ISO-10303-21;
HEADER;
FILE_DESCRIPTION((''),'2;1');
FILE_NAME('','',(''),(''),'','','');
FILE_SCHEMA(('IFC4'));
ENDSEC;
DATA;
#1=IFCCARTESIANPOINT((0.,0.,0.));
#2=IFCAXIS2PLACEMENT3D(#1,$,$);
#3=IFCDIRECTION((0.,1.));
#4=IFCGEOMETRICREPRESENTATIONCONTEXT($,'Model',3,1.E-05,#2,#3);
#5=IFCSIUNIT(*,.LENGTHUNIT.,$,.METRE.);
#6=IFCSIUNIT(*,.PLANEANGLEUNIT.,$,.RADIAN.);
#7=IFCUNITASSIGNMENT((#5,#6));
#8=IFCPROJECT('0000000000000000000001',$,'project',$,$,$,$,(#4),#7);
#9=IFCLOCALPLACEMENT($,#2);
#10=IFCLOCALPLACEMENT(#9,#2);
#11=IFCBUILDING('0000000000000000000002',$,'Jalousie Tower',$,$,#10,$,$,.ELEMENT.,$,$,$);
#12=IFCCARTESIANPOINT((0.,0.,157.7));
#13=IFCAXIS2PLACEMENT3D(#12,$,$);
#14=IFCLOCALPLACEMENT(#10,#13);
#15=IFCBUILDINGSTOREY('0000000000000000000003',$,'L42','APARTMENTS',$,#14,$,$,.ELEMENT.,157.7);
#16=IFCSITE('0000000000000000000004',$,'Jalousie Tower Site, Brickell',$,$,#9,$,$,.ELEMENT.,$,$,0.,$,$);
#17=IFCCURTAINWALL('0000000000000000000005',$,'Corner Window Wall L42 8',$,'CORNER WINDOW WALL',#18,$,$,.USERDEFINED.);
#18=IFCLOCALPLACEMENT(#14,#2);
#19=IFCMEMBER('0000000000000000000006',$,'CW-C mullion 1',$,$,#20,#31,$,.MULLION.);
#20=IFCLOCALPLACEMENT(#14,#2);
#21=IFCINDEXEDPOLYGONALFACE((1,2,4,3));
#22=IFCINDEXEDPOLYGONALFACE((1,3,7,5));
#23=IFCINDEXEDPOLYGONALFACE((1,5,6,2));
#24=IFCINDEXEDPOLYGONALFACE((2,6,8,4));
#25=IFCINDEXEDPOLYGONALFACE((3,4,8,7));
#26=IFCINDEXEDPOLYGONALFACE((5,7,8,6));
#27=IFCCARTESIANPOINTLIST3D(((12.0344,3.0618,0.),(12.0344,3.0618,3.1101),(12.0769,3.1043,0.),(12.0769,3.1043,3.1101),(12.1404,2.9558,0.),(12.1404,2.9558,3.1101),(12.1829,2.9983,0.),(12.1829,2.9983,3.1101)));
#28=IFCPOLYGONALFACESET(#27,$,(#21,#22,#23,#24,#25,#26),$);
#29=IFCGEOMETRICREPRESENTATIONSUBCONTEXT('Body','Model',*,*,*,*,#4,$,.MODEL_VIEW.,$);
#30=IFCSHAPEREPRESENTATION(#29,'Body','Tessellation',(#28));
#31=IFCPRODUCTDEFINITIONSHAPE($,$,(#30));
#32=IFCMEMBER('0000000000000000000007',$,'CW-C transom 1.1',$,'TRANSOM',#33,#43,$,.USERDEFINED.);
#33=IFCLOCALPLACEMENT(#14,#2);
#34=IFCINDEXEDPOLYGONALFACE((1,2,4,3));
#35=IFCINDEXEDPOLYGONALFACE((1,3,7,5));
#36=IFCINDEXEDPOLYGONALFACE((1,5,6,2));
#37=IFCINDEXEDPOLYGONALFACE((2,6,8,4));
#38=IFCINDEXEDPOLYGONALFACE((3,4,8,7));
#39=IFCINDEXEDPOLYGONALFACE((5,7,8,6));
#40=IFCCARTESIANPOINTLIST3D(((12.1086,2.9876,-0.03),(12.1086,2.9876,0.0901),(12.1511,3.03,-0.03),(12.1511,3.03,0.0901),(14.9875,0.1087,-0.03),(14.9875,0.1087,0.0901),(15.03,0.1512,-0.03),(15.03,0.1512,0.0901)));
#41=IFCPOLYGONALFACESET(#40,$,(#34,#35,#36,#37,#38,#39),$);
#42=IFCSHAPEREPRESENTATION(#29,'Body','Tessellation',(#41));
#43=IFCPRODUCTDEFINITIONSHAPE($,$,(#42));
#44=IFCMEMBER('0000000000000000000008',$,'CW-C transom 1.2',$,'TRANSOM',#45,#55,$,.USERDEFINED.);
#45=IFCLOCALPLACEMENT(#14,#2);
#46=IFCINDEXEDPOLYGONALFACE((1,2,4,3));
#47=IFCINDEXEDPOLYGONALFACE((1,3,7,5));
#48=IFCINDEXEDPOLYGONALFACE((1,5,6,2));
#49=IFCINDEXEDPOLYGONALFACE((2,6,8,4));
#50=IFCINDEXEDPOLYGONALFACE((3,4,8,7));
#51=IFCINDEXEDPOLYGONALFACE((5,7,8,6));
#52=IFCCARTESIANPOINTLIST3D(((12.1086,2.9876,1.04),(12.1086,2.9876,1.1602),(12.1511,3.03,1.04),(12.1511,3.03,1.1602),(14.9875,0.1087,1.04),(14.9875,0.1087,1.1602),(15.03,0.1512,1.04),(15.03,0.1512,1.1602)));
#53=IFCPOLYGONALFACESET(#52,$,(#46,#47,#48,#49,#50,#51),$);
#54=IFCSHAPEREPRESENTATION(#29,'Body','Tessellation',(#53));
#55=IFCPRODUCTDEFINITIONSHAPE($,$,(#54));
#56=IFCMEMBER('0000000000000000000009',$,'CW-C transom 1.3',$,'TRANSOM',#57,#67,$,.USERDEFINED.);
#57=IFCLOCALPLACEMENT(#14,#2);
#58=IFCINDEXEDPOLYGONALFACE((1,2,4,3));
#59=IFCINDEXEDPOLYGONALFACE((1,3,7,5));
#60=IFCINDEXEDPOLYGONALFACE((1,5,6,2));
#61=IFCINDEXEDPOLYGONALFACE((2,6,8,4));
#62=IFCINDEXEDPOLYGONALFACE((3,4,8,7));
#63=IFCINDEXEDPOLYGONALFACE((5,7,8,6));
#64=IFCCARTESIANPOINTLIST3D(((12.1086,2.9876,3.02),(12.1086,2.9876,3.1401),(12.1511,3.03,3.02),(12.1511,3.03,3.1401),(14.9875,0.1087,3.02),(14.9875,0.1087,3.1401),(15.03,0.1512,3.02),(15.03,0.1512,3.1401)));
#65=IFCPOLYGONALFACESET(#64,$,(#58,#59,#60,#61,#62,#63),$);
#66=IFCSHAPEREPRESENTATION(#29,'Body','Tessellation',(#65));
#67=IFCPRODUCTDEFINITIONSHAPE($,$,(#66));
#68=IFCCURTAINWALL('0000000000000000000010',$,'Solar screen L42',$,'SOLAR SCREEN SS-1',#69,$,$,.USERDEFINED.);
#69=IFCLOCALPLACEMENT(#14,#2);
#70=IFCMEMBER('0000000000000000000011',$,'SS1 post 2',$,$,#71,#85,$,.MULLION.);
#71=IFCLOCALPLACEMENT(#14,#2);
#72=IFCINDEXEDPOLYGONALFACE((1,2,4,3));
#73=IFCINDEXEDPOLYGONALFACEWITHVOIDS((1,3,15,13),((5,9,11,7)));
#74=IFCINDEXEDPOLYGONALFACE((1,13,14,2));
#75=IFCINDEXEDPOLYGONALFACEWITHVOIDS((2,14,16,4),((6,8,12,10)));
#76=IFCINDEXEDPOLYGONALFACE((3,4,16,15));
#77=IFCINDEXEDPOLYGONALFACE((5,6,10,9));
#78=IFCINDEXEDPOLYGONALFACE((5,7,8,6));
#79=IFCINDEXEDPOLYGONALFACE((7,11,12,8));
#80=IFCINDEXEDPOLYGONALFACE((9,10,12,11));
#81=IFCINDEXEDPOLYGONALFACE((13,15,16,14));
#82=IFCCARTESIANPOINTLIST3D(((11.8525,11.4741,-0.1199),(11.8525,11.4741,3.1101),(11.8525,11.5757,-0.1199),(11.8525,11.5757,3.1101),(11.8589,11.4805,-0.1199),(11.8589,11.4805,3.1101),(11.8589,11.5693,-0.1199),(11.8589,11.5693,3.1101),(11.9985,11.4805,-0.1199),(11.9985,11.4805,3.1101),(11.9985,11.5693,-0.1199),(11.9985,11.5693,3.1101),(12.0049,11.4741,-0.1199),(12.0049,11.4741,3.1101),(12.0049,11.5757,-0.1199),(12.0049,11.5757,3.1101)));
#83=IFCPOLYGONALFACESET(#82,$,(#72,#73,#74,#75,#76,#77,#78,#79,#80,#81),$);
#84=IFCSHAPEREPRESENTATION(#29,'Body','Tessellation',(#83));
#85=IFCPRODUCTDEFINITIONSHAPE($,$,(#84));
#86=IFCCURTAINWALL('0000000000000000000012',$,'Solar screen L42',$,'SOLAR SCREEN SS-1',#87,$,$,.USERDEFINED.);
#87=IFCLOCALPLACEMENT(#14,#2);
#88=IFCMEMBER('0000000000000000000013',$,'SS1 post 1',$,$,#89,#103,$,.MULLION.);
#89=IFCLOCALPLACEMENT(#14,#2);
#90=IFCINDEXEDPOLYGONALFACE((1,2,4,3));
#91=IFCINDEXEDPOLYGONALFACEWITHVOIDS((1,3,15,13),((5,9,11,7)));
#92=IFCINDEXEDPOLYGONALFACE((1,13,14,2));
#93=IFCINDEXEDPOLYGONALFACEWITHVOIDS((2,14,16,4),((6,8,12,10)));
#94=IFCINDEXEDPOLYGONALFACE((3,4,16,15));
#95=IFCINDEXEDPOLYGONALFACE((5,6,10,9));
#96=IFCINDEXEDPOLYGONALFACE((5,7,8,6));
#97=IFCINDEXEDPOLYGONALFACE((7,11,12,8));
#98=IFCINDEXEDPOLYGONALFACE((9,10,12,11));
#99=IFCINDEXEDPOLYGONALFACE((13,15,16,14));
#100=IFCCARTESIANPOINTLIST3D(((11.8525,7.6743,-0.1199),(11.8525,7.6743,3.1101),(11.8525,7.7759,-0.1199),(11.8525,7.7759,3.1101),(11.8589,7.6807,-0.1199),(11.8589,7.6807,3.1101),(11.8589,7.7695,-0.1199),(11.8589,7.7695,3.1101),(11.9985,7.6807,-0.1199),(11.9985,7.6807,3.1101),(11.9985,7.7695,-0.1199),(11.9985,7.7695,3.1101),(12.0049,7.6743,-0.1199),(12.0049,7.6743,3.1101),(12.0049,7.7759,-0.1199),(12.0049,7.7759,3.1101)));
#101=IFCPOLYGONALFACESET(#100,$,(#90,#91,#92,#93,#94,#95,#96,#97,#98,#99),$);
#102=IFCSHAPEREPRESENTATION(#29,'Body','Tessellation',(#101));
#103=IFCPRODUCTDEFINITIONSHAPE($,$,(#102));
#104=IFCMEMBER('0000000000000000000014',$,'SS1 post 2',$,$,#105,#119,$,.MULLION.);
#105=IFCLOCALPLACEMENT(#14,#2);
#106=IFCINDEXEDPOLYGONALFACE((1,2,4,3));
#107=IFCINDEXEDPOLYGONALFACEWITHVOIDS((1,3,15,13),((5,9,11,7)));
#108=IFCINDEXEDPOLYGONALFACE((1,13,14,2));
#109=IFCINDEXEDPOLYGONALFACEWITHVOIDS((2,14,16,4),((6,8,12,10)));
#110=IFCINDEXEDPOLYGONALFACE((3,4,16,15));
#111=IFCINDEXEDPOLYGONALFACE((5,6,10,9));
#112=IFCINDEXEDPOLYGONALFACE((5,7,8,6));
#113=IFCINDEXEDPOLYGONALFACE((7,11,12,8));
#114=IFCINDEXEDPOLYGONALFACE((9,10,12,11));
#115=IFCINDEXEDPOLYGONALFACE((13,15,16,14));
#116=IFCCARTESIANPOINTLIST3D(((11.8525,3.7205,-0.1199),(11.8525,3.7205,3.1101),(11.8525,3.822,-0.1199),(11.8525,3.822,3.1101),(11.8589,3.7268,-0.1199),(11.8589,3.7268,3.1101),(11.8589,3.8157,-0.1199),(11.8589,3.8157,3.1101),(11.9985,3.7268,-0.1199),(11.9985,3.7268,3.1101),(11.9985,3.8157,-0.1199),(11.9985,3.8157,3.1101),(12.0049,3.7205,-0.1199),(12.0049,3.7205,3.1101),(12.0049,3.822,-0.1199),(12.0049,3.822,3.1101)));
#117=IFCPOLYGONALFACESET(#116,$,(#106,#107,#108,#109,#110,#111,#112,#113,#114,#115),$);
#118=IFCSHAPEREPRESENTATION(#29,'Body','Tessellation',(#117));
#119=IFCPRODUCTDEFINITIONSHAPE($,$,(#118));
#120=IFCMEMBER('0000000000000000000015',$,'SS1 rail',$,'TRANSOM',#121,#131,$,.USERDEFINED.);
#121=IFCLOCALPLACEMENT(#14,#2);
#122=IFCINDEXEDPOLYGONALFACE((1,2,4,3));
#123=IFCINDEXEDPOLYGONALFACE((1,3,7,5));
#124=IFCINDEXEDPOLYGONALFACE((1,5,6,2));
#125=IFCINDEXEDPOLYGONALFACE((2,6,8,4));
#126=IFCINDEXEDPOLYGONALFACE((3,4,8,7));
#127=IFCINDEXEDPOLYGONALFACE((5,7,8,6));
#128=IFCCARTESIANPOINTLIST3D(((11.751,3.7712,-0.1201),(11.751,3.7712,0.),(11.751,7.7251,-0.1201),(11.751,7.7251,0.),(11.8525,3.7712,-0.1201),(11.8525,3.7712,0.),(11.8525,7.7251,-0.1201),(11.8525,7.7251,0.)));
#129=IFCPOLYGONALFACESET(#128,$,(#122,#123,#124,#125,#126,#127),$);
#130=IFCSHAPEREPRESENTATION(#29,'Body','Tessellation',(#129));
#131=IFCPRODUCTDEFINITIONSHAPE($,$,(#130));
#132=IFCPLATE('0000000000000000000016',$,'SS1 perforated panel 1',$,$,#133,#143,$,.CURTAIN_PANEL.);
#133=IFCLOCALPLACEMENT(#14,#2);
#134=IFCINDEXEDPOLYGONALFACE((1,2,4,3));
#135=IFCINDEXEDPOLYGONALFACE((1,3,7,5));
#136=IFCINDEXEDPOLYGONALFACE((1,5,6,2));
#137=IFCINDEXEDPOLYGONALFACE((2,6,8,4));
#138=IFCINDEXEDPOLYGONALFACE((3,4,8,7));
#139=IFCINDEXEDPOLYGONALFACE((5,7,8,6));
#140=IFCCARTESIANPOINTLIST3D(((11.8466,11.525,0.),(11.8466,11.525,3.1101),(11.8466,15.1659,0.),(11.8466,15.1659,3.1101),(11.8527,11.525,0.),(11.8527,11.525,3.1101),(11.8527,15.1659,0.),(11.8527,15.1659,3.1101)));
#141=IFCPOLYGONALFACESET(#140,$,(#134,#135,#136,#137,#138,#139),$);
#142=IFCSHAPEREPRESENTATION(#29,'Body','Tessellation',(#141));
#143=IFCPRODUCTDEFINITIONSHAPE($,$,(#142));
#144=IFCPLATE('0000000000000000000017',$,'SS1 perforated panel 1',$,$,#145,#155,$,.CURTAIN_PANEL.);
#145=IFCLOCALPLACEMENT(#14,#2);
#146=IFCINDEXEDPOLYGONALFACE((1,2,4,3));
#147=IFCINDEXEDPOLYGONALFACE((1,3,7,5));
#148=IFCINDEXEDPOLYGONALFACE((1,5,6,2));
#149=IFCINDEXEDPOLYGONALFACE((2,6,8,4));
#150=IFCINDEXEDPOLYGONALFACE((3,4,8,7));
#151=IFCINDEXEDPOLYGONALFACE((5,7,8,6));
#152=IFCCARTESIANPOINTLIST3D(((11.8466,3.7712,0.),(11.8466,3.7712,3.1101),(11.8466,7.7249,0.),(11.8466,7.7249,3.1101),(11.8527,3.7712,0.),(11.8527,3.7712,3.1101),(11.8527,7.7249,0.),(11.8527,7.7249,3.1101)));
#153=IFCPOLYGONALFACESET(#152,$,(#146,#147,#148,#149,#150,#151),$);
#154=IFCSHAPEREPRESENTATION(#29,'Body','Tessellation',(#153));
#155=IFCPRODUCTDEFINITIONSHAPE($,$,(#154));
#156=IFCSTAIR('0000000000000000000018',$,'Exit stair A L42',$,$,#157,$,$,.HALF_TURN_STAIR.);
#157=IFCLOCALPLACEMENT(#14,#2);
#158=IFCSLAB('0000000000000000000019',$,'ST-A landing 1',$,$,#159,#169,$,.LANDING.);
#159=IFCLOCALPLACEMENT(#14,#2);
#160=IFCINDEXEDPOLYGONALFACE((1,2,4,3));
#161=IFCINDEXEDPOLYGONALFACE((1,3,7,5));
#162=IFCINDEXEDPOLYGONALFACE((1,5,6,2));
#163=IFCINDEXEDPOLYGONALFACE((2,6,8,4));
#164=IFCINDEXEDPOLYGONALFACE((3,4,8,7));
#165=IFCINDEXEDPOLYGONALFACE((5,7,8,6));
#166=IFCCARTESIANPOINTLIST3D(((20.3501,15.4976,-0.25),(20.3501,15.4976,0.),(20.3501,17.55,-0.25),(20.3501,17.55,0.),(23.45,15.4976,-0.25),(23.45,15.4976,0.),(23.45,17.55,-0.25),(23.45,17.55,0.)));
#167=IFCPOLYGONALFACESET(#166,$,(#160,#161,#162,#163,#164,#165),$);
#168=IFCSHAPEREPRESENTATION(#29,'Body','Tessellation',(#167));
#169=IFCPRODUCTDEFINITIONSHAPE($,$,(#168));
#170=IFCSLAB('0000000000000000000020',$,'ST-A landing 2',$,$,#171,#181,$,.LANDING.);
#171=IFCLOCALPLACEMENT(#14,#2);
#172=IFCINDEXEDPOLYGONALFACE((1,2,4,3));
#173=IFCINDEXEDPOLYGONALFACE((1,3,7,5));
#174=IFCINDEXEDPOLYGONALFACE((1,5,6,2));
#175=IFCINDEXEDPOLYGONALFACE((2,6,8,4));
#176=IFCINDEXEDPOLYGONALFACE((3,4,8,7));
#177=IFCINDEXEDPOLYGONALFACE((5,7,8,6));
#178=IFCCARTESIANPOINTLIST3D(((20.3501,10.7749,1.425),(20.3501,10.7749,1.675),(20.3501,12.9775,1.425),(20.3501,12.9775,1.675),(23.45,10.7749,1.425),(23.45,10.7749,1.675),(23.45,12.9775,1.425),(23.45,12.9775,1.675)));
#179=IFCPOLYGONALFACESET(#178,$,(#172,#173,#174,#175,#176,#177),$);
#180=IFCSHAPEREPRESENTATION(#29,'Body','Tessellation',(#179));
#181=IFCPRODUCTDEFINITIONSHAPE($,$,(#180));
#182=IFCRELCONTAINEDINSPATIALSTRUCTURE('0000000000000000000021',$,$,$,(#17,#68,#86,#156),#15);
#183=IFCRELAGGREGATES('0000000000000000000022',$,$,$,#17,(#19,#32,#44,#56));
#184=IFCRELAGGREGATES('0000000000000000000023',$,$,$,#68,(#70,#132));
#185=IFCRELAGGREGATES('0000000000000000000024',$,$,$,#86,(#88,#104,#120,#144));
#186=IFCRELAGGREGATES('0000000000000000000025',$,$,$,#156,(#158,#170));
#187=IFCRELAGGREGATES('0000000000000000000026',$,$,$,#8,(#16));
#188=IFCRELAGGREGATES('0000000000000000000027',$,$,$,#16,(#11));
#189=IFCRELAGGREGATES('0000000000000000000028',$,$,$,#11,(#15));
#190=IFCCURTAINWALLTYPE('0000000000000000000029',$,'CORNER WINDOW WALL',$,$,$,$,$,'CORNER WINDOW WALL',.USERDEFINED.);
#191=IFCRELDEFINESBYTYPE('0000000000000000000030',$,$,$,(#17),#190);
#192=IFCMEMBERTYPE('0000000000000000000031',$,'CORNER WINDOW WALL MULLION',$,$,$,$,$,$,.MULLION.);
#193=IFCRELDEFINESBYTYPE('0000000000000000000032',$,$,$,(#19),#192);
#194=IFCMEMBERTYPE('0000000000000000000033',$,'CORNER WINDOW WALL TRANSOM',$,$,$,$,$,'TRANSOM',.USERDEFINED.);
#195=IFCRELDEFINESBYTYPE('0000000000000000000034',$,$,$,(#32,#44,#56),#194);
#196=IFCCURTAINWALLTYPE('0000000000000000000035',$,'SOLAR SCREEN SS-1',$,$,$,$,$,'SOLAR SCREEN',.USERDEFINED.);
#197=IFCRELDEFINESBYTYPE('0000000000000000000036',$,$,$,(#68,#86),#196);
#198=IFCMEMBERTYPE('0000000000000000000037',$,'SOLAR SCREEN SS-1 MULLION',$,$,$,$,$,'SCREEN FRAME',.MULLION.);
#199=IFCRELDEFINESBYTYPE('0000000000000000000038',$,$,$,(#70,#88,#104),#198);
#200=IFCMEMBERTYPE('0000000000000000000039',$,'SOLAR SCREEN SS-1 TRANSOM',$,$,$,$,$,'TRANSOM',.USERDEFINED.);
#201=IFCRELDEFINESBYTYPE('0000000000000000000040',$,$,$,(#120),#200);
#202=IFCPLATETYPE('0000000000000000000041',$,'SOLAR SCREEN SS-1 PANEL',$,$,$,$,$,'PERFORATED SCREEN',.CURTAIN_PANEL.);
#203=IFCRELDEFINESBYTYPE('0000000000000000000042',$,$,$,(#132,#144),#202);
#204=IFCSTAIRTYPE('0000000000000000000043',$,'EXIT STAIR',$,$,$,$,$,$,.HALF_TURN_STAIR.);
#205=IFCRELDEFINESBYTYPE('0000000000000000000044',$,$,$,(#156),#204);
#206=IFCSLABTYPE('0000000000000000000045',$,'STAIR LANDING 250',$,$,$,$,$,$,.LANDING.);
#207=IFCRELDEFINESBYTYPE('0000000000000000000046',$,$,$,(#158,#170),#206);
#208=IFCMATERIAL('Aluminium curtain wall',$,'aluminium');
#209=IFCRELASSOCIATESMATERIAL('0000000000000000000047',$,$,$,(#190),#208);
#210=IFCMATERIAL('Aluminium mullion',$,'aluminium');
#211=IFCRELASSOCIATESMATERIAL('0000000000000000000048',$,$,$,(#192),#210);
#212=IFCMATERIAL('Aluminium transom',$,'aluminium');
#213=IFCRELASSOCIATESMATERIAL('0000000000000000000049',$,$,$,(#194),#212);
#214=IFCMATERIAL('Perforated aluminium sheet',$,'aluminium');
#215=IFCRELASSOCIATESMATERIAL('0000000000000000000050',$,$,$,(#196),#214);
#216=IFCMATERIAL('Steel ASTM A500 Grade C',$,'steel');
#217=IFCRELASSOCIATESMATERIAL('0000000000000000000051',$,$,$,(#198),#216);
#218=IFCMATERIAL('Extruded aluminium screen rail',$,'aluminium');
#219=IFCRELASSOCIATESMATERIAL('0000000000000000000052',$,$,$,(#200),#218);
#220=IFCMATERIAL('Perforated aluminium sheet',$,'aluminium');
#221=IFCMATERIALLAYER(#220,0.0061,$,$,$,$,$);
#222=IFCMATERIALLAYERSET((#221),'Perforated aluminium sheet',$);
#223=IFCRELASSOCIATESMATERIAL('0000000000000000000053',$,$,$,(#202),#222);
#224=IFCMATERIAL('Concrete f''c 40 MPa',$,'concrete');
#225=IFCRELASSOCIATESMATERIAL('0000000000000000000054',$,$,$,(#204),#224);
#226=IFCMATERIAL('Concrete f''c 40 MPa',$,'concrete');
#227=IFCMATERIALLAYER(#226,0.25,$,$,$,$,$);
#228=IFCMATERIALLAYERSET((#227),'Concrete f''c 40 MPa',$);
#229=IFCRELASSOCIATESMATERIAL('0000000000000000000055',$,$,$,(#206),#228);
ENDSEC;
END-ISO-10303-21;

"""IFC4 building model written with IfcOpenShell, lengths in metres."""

from ifc_helpers import new_model, si_unit, direction, frame, origin, origin_2d, place, context, subcontext, project, spatial, polyline, rectangle, hollow_rectangle, outline, extrude, material, layer, layer_set, material_profile, profile_set, type_object, element, aggregate, save


model = new_model("IFC4")

# Units and contexts
model_context = context("Model", 3, precision=1e-05, world=origin(), true_north=direction((0.0, 1.0)))
body_context = subcontext(model_context, "Body", "Model", "MODEL_VIEW")
ifc_project = project(units=[si_unit("LENGTHUNIT", "METRE"), si_unit("PLANEANGLEUNIT", "RADIAN")], contexts=[model_context])

# Site, building, storey
site_placement = place(None, origin())
site = spatial("IfcSite", under=ifc_project, at=site_placement, Name="Jalousie Tower Site, Brickell", CompositionType="ELEMENT", RefElevation=0.0)
building_placement = place(site_placement, origin())
building = spatial("IfcBuilding", under=site, at=building_placement, Name="Jalousie Tower", CompositionType="ELEMENT")
storey_placement = place(building_placement, frame((0.0, 0.0, 157.7)))
storey = spatial("IfcBuildingStorey", under=building, at=storey_placement, Name="L42", Description="APARTMENTS", CompositionType="ELEMENT", Elevation=157.7)

# Curtain wall, members
ifc_material_1 = material(Name="Aluminium curtain wall", Category="aluminium")
curtain_wall_type_1 = type_object("IfcCurtainWallType", Name="CORNER WINDOW WALL", ElementType="CORNER WINDOW WALL", PredefinedType="USERDEFINED", material=ifc_material_1)
curtain_wall_1_placement = place(storey_placement, origin())
curtain_wall_1 = element("IfcCurtainWall", 1, at=curtain_wall_1_placement, inside=storey, type_object=curtain_wall_type_1, Name="Corner Window Wall L42 8", ObjectType="CORNER WINDOW WALL", PredefinedType="USERDEFINED")
ifc_material_2 = material(Name="Aluminium mullion", Category="aluminium")
ifc_material_profile_1 = material_profile(ifc_material_2, rectangle(XDim=0.0601, YDim=0.1499, at=origin_2d()), Name="MULLION 60x150")
ifc_profile_set_1 = profile_set([ifc_material_profile_1], Name="Aluminium mullion")
member_type_1 = type_object("IfcMemberType", Name="CORNER WINDOW WALL MULLION", PredefinedType="MULLION", material=ifc_profile_set_1)
member_1_placement = place(storey_placement, frame((12.1086, 3.03, 0.0), z_axis=(0.0, 0.0, 1.0), x_axis=(0.707107, 0.707107, 0.0)))
member_1 = element("IfcMember", 2, at=member_1_placement, type_object=member_type_1, Name="CW-C mullion 1", PredefinedType="MULLION", context=body_context, shape_type="SweptSolid", body=[
    extrude(rectangle(XDim=0.0601, YDim=0.1499, at=origin_2d()), origin(), (0.0, 0.0, 1.0), 3.1101),
])
ifc_material_3 = material(Name="Aluminium transom", Category="aluminium")
ifc_material_profile_2 = material_profile(ifc_material_3, rectangle(XDim=0.0601, YDim=0.1201, at=origin_2d()), Name="TRANSOM 60x120")
ifc_profile_set_2 = profile_set([ifc_material_profile_2], Name="Aluminium transom")
member_type_2 = type_object("IfcMemberType", Name="CORNER WINDOW WALL TRANSOM", ElementType="TRANSOM", PredefinedType="USERDEFINED", material=ifc_profile_set_2)
member_2_placement = place(storey_placement, frame((12.1299, 3.0088, 0.03), z_axis=(0.707107, -0.707107, 0.0), x_axis=(0.707107, 0.707107, 0.0)))
member_2 = element("IfcMember", 3, at=member_2_placement, type_object=member_type_2, Name="CW-C transom 1.1", ObjectType="TRANSOM", PredefinedType="USERDEFINED", context=body_context, shape_type="SweptSolid", body=[
    extrude(rectangle(XDim=0.0601, YDim=0.1201, at=origin_2d()), origin(), (0.0, 0.0, 1.0), 4.0713),
])
member_3_placement = place(storey_placement, frame((12.1299, 3.0088, 1.1001), z_axis=(0.707107, -0.707107, 0.0), x_axis=(0.707107, 0.707107, 0.0)))
member_3 = element("IfcMember", 4, at=member_3_placement, type_object=member_type_2, Name="CW-C transom 1.2", ObjectType="TRANSOM", PredefinedType="USERDEFINED", context=body_context, shape_type="SweptSolid", body=[
    extrude(rectangle(XDim=0.0601, YDim=0.1201, at=origin_2d()), origin(), (0.0, 0.0, 1.0), 4.0713),
])
member_4_placement = place(storey_placement, frame((12.1299, 3.0088, 3.0801), z_axis=(0.707107, -0.707107, 0.0), x_axis=(0.707107, 0.707107, 0.0)))
member_4 = element("IfcMember", 5, at=member_4_placement, type_object=member_type_2, Name="CW-C transom 1.3", ObjectType="TRANSOM", PredefinedType="USERDEFINED", context=body_context, shape_type="SweptSolid", body=[
    extrude(rectangle(XDim=0.0601, YDim=0.1201, at=origin_2d()), origin(), (0.0, 0.0, 1.0), 4.0713),
])
aggregate(curtain_wall_1, [member_1, member_2, member_3, member_4])

# Curtain wall, member
ifc_material_4 = material(Name="Perforated aluminium sheet", Category="aluminium")
curtain_wall_type_2 = type_object("IfcCurtainWallType", Name="SOLAR SCREEN SS-1", ElementType="SOLAR SCREEN", PredefinedType="USERDEFINED", material=ifc_material_4)
curtain_wall_2_placement = place(storey_placement, origin())
curtain_wall_2 = element("IfcCurtainWall", 6, at=curtain_wall_2_placement, inside=storey, type_object=curtain_wall_type_2, Name="Solar screen L42", ObjectType="SOLAR SCREEN SS-1", PredefinedType="USERDEFINED")
ifc_material_5 = material(Name="Steel ASTM A500 Grade C", Category="steel")
ifc_material_profile_3 = material_profile(ifc_material_5, hollow_rectangle(XDim=0.1016, YDim=0.1523, WallThickness=0.0063, at=origin_2d()), Name="HSS6X4X1/4")
ifc_profile_set_3 = profile_set([ifc_material_profile_3], Name="Steel ASTM A500 Grade C")
member_type_3 = type_object("IfcMemberType", Name="SOLAR SCREEN SS-1 MULLION", ElementType="SCREEN FRAME", PredefinedType="MULLION", material=ifc_profile_set_3)
member_5_placement = place(storey_placement, frame((11.9287, 11.5249, -0.1199), z_axis=(0.0, 0.0, 1.0), x_axis=(0.0, -1.0, 0.0)))
member_5 = element("IfcMember", 7, at=member_5_placement, type_object=member_type_3, Name="SS1 post 2", PredefinedType="MULLION", context=body_context, shape_type="SweptSolid", body=[
    extrude(hollow_rectangle(XDim=0.1016, YDim=0.1523, WallThickness=0.0063, at=origin_2d()), origin(), (0.0, 0.0, 1.0), 3.23),
])

# Curtain wall, members
curtain_wall_3_placement = place(storey_placement, origin())
curtain_wall_3 = element("IfcCurtainWall", 8, at=curtain_wall_3_placement, inside=storey, type_object=curtain_wall_type_2, Name="Solar screen L42", ObjectType="SOLAR SCREEN SS-1", PredefinedType="USERDEFINED")
member_6_placement = place(storey_placement, frame((11.9287, 7.7251, -0.1199), z_axis=(0.0, 0.0, 1.0), x_axis=(0.0, -1.0, 0.0)))
member_6 = element("IfcMember", 9, at=member_6_placement, type_object=member_type_3, Name="SS1 post 1", PredefinedType="MULLION", context=body_context, shape_type="SweptSolid", body=[
    extrude(hollow_rectangle(XDim=0.1016, YDim=0.1523, WallThickness=0.0063, at=origin_2d()), origin(), (0.0, 0.0, 1.0), 3.23),
])
member_7_placement = place(storey_placement, frame((11.9287, 3.7712, -0.1199), z_axis=(0.0, 0.0, 1.0), x_axis=(0.0, -1.0, 0.0)))
member_7 = element("IfcMember", 10, at=member_7_placement, type_object=member_type_3, Name="SS1 post 2", PredefinedType="MULLION", context=body_context, shape_type="SweptSolid", body=[
    extrude(hollow_rectangle(XDim=0.1016, YDim=0.1523, WallThickness=0.0063, at=origin_2d()), origin(), (0.0, 0.0, 1.0), 3.23),
])
ifc_material_6 = material(Name="Extruded aluminium screen rail", Category="aluminium")
ifc_material_profile_4 = material_profile(ifc_material_6, rectangle(XDim=0.1016, YDim=0.1201, at=origin_2d()), Name="RAIL 102x120")
ifc_profile_set_4 = profile_set([ifc_material_profile_4], Name="Extruded aluminium screen rail")
member_type_4 = type_object("IfcMemberType", Name="SOLAR SCREEN SS-1 TRANSOM", ElementType="TRANSOM", PredefinedType="USERDEFINED", material=ifc_profile_set_4)
member_8_placement = place(storey_placement, frame((11.8018, 7.7251, -0.0601), z_axis=(0.0, -1.0, 0.0), x_axis=(1.0, 0.0, 0.0)))
member_8 = element("IfcMember", 11, at=member_8_placement, type_object=member_type_4, Name="SS1 rail", ObjectType="TRANSOM", PredefinedType="USERDEFINED", context=body_context, shape_type="SweptSolid", body=[
    extrude(rectangle(XDim=0.1016, YDim=0.1201, at=origin_2d()), origin(), (0.0, 0.0, 1.0), 3.9539),
])

# Plates
ifc_material_7 = material(Name="Perforated aluminium sheet", Category="aluminium")
ifc_layer_1 = layer(ifc_material_7, 0.0061)
ifc_layer_set_1 = layer_set([ifc_layer_1], Name="Perforated aluminium sheet")
plate_type = type_object("IfcPlateType", Name="SOLAR SCREEN SS-1 PANEL", ElementType="PERFORATED SCREEN", PredefinedType="CURTAIN_PANEL", material=ifc_layer_set_1)
plate_1_placement = place(storey_placement, frame((11.8496, 13.3455, 0.0), z_axis=(0.0, 0.0, 1.0), x_axis=(0.0, -1.0, 0.0)))
plate_1 = element("IfcPlate", 12, at=plate_1_placement, type_object=plate_type, Name="SS1 perforated panel 1", PredefinedType="CURTAIN_PANEL", context=body_context, shape_type="SweptSolid", body=[
    extrude(rectangle(XDim=3.6409, YDim=0.0061, at=origin_2d()), origin(), (0.0, 0.0, 1.0), 3.1101),
])
aggregate(curtain_wall_2, [member_5, plate_1])
plate_2_placement = place(storey_placement, frame((11.8496, 5.748, 0.0), z_axis=(0.0, 0.0, 1.0), x_axis=(0.0, -1.0, 0.0)))
plate_2 = element("IfcPlate", 13, at=plate_2_placement, type_object=plate_type, Name="SS1 perforated panel 1", PredefinedType="CURTAIN_PANEL", context=body_context, shape_type="SweptSolid", body=[
    extrude(rectangle(XDim=3.9536, YDim=0.0061, at=origin_2d()), origin(), (0.0, 0.0, 1.0), 3.1101),
])
aggregate(curtain_wall_3, [member_6, member_7, member_8, plate_2])

# Stair, slabs
ifc_material_8 = material(Name="Concrete f'c 40 MPa", Category="concrete")
stair_type = type_object("IfcStairType", Name="EXIT STAIR", PredefinedType="HALF_TURN_STAIR", material=ifc_material_8)
stair_1_placement = place(storey_placement, origin())
stair_1 = element("IfcStair", 14, at=stair_1_placement, inside=storey, type_object=stair_type, Name="Exit stair A L42", PredefinedType="HALF_TURN_STAIR")
ifc_material_9 = material(Name="Concrete f'c 40 MPa", Category="concrete")
ifc_layer_2 = layer(ifc_material_9, 0.25)
ifc_layer_set_2 = layer_set([ifc_layer_2], Name="Concrete f'c 40 MPa")
slab_type_1 = type_object("IfcSlabType", Name="STAIR LANDING 250", PredefinedType="LANDING", material=ifc_layer_set_2)
slab_1_placement = place(storey_placement, frame((0.0, 0.0, -0.25)))
slab_1 = element("IfcSlab", 15, at=slab_1_placement, type_object=slab_type_1, Name="ST-A landing 1", PredefinedType="LANDING", context=body_context, shape_type="SweptSolid", body=[
    extrude(outline(polyline([(20.3501, 15.4976), (23.45, 15.4976), (23.45, 17.55), (20.3501, 17.55), (20.3501, 15.4976)])), origin(), (0.0, 0.0, 1.0), 0.25),
])
slab_2_placement = place(storey_placement, frame((0.0, 0.0, 1.425)))
slab_2 = element("IfcSlab", 16, at=slab_2_placement, type_object=slab_type_1, Name="ST-A landing 2", PredefinedType="LANDING", context=body_context, shape_type="SweptSolid", body=[
    extrude(outline(polyline([(20.3501, 10.7749), (23.45, 10.7749), (23.45, 12.9775), (20.3501, 12.9775), (20.3501, 10.7749)])), origin(), (0.0, 0.0, 1.0), 0.25),
])
aggregate(stair_1, [slab_1, slab_2])

save(model, "model.ifc")
